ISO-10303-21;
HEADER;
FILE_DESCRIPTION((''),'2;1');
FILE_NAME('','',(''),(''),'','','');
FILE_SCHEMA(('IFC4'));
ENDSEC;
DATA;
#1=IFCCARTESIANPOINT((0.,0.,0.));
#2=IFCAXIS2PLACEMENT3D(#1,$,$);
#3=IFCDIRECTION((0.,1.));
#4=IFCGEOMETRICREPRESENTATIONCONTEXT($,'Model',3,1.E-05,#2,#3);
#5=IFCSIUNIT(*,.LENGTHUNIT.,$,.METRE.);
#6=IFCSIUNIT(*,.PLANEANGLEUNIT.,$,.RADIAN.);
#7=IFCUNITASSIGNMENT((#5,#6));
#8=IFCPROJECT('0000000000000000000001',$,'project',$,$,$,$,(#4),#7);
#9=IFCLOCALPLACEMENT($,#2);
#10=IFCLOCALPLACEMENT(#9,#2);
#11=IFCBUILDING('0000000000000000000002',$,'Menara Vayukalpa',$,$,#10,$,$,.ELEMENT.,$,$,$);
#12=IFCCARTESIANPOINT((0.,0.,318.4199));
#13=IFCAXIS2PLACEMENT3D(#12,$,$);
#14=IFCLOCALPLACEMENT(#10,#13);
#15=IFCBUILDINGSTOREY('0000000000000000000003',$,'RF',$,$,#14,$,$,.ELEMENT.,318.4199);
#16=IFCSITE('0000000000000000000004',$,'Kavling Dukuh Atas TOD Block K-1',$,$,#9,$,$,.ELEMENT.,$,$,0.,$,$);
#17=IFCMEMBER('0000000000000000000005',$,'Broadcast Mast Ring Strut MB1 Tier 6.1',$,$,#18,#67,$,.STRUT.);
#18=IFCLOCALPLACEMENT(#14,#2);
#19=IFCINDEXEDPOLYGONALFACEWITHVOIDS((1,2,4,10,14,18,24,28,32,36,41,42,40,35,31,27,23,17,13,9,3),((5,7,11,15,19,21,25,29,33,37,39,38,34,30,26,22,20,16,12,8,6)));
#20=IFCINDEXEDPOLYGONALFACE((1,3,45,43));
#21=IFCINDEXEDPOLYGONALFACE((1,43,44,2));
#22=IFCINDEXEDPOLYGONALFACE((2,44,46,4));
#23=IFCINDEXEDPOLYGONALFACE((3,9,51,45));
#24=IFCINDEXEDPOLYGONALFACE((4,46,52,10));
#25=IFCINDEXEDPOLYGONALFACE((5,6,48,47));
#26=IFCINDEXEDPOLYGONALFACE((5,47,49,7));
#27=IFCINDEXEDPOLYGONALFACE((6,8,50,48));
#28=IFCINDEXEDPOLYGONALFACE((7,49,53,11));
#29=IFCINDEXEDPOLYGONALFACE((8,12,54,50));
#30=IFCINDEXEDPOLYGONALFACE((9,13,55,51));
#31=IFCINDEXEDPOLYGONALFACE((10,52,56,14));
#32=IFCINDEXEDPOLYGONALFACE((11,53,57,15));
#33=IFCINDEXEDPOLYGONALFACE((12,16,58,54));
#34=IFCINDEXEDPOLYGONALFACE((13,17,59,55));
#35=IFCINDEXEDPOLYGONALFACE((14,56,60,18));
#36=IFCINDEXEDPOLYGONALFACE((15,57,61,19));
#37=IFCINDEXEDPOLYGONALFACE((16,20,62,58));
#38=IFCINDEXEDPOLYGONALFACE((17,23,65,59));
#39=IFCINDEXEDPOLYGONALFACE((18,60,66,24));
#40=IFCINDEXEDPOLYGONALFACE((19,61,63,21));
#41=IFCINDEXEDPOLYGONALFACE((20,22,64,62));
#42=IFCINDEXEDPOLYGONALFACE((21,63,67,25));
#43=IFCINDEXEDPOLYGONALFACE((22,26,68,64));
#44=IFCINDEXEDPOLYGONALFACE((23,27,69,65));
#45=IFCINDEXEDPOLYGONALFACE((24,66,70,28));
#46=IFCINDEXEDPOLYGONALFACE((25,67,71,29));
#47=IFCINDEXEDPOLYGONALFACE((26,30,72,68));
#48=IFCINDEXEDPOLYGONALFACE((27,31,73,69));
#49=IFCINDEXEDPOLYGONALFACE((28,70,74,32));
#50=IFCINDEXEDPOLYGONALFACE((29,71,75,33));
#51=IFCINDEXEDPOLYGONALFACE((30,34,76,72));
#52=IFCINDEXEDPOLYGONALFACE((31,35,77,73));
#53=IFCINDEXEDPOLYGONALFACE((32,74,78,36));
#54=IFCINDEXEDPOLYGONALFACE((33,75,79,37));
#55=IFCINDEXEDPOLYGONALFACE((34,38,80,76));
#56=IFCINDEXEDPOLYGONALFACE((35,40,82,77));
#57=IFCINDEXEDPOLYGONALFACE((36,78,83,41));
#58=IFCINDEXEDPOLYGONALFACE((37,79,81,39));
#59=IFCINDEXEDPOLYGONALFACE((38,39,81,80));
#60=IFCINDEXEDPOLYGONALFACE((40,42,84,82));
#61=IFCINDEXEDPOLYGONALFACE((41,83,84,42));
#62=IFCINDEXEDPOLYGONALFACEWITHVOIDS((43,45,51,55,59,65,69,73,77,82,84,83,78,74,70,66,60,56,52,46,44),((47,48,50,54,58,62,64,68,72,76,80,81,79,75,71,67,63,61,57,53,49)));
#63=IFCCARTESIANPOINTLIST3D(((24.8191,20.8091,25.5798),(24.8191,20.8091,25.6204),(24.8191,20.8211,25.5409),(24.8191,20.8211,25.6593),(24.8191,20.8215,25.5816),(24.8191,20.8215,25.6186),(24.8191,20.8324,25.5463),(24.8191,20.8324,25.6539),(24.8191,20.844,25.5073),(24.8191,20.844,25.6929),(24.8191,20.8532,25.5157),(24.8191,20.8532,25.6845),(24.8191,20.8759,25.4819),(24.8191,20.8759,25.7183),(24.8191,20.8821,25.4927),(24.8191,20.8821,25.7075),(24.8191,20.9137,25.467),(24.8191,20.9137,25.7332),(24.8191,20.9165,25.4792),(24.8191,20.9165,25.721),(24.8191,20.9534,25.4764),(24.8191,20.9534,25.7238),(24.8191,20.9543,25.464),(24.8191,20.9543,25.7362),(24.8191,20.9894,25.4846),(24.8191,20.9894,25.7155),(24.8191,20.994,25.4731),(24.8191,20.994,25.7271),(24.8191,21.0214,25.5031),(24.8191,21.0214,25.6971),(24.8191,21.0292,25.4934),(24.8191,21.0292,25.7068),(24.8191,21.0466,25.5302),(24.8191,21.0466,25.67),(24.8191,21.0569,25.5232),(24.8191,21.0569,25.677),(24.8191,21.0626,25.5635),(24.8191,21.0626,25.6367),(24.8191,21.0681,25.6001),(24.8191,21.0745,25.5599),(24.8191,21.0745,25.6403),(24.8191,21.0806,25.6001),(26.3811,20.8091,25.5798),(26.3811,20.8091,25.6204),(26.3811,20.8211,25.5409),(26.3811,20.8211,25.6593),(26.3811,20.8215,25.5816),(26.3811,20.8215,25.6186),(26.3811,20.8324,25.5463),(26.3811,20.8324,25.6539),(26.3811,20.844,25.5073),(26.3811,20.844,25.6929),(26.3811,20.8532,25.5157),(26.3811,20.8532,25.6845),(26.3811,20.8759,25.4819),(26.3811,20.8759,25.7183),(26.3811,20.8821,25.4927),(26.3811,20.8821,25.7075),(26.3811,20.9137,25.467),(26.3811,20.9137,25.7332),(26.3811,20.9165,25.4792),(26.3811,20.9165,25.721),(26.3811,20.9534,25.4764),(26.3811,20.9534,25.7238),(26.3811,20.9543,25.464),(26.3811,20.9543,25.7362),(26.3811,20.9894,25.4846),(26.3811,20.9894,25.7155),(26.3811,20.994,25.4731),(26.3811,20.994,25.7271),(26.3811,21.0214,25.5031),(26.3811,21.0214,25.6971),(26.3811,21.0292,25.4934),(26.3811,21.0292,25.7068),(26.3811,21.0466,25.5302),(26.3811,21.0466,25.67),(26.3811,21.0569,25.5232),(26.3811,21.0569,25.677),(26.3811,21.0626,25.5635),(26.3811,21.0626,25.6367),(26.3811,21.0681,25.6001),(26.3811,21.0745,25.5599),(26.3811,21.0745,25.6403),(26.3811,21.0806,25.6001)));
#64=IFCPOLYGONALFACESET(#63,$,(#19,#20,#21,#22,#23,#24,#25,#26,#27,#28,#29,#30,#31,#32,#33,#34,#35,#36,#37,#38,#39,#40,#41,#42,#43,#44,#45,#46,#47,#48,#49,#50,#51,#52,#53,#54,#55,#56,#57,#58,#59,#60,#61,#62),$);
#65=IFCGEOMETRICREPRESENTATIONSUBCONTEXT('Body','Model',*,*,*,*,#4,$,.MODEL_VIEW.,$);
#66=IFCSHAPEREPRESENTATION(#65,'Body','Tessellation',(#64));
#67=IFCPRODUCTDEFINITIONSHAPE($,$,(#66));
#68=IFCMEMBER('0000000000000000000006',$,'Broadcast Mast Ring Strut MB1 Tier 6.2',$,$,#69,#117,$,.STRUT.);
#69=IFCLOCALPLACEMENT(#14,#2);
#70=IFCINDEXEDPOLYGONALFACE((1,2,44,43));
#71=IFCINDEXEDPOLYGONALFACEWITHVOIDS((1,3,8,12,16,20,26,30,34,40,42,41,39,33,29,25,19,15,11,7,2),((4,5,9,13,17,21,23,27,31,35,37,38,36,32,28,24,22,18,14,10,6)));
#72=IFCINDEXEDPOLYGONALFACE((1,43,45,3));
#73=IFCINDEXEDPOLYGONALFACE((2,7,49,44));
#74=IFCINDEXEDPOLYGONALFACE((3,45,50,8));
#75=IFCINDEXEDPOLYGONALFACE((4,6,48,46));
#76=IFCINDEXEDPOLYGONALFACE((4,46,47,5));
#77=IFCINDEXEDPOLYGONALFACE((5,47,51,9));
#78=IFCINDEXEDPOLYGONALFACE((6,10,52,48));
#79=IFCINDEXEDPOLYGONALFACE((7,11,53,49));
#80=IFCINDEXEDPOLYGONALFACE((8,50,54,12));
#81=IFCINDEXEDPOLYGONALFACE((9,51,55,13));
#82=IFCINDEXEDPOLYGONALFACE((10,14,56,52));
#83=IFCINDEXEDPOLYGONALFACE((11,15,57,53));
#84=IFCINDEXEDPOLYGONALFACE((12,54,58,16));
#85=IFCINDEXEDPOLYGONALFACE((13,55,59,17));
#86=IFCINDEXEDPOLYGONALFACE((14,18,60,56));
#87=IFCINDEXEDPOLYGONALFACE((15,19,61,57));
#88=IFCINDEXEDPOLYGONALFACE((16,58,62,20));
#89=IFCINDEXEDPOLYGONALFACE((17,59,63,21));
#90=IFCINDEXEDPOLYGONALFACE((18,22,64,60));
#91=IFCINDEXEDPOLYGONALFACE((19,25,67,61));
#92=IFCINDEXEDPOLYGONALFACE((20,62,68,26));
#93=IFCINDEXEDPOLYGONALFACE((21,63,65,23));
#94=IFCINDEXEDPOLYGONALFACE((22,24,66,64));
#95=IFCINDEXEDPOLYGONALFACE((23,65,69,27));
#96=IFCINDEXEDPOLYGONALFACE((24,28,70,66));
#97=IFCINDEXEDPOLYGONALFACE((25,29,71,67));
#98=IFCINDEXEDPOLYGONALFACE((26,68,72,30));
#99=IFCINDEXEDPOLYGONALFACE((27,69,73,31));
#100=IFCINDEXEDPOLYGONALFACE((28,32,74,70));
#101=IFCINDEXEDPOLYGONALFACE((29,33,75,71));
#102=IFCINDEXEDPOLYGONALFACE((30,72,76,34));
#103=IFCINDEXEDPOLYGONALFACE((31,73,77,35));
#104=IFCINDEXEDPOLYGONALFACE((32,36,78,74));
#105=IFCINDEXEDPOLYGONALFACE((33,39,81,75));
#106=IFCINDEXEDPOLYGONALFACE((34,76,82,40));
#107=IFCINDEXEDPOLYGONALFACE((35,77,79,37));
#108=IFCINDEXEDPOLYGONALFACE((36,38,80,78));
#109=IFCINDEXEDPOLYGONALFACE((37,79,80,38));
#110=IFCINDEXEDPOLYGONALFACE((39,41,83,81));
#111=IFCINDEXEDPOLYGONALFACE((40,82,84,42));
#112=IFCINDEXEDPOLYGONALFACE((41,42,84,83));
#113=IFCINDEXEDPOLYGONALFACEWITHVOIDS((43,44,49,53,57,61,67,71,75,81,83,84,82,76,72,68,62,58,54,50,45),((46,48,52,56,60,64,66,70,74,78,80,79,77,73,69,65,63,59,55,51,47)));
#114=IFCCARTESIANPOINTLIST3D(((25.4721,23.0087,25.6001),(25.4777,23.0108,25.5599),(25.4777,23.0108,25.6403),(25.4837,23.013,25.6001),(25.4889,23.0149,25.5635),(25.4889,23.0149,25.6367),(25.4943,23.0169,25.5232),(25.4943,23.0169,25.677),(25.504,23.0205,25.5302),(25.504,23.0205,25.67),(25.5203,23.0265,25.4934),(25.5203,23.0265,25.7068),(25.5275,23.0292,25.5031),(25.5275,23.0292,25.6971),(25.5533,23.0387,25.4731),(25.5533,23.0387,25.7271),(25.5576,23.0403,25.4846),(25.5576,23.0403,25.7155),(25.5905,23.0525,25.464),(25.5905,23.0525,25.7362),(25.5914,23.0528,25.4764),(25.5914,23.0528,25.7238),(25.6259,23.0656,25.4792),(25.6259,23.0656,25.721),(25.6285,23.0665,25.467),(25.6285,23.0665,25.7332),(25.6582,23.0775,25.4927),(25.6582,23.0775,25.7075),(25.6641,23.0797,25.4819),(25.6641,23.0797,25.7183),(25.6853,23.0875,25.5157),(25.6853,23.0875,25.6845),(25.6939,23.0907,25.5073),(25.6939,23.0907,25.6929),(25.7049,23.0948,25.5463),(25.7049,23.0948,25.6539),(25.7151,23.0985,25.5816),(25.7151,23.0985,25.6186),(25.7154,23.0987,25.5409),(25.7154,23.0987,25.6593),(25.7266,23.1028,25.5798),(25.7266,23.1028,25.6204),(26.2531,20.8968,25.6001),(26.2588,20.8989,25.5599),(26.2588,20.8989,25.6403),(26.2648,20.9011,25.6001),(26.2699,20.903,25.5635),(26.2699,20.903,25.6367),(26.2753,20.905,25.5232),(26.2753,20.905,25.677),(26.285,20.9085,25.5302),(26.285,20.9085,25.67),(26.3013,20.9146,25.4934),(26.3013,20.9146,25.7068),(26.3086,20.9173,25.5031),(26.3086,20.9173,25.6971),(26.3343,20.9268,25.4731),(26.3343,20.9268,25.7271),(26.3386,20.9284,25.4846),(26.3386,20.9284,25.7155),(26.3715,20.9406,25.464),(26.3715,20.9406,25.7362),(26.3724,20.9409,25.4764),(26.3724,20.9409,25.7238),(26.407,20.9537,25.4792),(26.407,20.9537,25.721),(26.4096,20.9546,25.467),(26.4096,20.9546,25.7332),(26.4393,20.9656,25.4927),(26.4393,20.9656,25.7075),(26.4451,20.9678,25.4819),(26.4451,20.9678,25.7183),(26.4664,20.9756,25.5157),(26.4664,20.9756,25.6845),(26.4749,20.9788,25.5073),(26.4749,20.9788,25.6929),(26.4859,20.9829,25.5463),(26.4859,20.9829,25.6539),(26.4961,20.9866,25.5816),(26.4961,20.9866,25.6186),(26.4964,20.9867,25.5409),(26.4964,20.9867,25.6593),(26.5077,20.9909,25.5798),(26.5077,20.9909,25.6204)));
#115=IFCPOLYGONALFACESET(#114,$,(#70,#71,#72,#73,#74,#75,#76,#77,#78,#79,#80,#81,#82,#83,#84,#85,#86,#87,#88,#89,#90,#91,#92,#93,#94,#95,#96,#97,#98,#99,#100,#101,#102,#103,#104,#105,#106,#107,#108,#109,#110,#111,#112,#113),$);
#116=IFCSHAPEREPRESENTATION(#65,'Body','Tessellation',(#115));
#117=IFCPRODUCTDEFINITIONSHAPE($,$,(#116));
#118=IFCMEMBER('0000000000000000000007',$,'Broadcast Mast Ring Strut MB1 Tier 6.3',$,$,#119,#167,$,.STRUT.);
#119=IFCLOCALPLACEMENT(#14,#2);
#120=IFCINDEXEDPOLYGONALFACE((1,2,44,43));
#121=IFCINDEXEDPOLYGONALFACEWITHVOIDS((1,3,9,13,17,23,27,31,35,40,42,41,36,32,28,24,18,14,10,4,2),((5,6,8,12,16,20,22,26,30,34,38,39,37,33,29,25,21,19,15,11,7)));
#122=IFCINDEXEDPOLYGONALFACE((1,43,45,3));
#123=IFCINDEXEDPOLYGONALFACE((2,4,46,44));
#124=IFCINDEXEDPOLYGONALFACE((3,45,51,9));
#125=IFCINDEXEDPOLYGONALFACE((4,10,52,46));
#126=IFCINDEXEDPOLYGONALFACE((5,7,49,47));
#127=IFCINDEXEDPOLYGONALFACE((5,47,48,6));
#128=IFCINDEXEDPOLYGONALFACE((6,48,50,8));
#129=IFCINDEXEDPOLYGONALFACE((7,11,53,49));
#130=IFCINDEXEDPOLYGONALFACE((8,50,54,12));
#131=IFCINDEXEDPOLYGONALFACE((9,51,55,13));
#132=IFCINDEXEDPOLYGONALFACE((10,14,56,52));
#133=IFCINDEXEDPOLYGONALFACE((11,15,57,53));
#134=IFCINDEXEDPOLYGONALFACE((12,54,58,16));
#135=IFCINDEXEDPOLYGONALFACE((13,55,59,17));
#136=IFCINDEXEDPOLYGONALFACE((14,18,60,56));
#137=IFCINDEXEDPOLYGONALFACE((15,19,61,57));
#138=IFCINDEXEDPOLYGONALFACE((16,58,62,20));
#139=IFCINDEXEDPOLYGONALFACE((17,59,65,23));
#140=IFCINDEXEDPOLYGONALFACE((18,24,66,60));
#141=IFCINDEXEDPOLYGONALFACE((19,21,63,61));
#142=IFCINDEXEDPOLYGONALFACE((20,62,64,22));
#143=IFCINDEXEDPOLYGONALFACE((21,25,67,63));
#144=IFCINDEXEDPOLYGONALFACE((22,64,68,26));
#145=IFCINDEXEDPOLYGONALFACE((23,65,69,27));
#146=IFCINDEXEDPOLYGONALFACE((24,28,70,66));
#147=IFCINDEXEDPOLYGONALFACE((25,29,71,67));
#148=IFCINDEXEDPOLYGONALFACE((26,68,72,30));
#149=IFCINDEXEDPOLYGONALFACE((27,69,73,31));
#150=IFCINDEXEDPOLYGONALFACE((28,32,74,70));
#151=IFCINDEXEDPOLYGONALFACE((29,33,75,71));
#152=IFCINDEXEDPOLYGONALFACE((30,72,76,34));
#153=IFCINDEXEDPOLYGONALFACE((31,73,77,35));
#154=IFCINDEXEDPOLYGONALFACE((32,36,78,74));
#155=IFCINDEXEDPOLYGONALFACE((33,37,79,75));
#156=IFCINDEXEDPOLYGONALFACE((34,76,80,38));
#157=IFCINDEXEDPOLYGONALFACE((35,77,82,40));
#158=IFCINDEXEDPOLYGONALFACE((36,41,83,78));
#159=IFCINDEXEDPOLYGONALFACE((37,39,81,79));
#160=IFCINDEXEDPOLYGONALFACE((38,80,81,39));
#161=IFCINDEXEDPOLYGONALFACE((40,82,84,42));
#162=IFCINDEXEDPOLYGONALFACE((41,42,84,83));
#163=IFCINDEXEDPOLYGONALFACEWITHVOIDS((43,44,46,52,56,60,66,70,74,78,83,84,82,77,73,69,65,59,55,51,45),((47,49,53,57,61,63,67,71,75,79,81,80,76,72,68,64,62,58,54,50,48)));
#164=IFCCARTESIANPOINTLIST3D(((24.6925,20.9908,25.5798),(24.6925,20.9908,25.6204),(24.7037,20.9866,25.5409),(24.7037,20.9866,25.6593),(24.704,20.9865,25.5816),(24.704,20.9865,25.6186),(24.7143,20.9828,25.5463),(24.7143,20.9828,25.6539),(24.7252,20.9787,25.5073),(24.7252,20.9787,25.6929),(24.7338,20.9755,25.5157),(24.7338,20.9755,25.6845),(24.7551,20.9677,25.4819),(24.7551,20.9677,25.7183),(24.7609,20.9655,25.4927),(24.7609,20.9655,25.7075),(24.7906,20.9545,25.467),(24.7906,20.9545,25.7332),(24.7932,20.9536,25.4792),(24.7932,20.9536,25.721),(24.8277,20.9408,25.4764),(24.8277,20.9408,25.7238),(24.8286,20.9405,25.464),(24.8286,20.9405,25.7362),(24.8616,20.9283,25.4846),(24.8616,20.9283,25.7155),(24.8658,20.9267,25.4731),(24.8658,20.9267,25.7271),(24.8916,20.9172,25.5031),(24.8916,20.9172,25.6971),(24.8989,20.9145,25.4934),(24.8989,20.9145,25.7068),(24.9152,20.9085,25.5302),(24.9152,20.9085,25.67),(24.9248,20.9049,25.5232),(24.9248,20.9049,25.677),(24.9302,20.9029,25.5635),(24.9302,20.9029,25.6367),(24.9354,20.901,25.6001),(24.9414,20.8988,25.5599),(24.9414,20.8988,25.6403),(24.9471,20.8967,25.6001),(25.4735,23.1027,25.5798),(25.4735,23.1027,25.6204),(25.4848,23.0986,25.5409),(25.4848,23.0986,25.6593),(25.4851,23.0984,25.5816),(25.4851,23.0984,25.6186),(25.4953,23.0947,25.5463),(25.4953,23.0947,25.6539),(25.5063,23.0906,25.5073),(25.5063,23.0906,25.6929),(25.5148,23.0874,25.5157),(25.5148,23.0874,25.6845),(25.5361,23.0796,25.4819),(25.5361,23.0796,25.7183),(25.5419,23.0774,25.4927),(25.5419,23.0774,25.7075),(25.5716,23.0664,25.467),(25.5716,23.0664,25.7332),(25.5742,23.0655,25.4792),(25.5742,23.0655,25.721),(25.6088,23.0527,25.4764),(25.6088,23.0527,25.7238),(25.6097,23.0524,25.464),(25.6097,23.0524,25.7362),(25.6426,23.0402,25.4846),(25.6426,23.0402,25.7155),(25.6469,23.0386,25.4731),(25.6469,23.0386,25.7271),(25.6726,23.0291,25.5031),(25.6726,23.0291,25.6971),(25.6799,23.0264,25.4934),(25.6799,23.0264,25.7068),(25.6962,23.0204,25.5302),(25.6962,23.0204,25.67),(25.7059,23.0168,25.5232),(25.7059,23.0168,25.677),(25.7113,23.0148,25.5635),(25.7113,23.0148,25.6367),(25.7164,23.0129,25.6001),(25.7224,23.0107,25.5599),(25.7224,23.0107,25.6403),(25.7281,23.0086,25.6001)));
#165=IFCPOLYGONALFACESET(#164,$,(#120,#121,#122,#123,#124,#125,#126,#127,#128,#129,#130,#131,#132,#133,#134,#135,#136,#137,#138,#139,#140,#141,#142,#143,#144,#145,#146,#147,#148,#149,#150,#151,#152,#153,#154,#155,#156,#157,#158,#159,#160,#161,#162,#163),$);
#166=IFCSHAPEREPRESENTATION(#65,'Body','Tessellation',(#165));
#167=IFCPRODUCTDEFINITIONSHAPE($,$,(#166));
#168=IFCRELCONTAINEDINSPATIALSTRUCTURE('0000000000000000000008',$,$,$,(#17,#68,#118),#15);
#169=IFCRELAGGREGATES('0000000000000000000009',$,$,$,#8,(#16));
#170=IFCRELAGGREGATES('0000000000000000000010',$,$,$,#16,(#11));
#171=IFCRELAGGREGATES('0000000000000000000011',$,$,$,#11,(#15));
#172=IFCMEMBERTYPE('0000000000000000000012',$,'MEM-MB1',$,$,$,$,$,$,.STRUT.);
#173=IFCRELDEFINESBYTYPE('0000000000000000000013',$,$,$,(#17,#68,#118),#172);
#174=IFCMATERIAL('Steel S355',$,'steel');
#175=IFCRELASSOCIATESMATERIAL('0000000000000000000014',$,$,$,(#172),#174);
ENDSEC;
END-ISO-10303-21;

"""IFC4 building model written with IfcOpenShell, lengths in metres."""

from ifc_helpers import new_model, si_unit, direction, frame, origin, origin_2d, place, context, subcontext, project, spatial, hollow_circle, extrude, material, material_profile, profile_set, type_object, element, save


model = new_model("IFC4")

# Units and contexts
model_context = context("Model", 3, precision=1e-05, world=origin(), true_north=direction((0.0, 1.0)))
body_context = subcontext(model_context, "Body", "Model", "MODEL_VIEW")
ifc_project = project(units=[si_unit("LENGTHUNIT", "METRE"), si_unit("PLANEANGLEUNIT", "RADIAN")], contexts=[model_context])

# Site, building, storey
site_placement = place(None, origin())
site = spatial("IfcSite", under=ifc_project, at=site_placement, Name="Kavling Dukuh Atas TOD Block K-1", CompositionType="ELEMENT", RefElevation=0.0)
building_placement = place(site_placement, origin())
building = spatial("IfcBuilding", under=site, at=building_placement, Name="Menara Vayukalpa", CompositionType="ELEMENT")
storey_placement = place(building_placement, frame((0.0, 0.0, 318.4199)))
storey = spatial("IfcBuildingStorey", under=building, at=storey_placement, Name="RF", CompositionType="ELEMENT", Elevation=318.4199)

# Members
ifc_material_1 = material(Name="Steel S355", Category="steel")
ifc_material_profile_1 = material_profile(ifc_material_1, hollow_circle(Radius=0.1365, WallThickness=0.0125, at=origin_2d()), Name="CHS 273.0x12.5")
ifc_profile_set_1 = profile_set([ifc_material_profile_1], Name="Steel S355")
member_type_1 = type_object("IfcMemberType", Name="MEM-MB1", PredefinedType="STRUT", material=ifc_profile_set_1)
member_1_placement = place(storey_placement, frame((24.8191, 20.9441, 25.6001), z_axis=(1.0, 0.0, 0.0), x_axis=(0.0, 1.0, 0.0)))
element("IfcMember", 1, at=member_1_placement, inside=storey, type_object=member_type_1, Name="Broadcast Mast Ring Strut MB1 Tier 6.1", PredefinedType="STRUT", context=body_context, shape_type="SweptSolid", body=[
    extrude(hollow_circle(Radius=0.1365, WallThickness=0.0125, at=origin_2d()), origin(), (0.0, 0.0, 1.0), 1.562),
])
for number, where, z_axis, x_axis, name in (
    (2, (26.3811, 20.9441, 25.6001), (-0.346866, 0.937915, 0.0), (-0.937915, -0.346866, 0.0), "Broadcast Mast Ring Strut MB1 Tier 6.2"),
    (3, (25.6001, 23.0559, 25.6001), (-0.346866, -0.937915, 0.0), (0.937915, -0.346866, 0.0), "Broadcast Mast Ring Strut MB1 Tier 6.3"),
):
    element("IfcMember", number, at=place(storey_placement, frame(where, z_axis=z_axis, x_axis=x_axis)), inside=storey, type_object=member_type_1, Name=name, PredefinedType="STRUT", context=body_context, shape_type="SweptSolid", body=[
        extrude(hollow_circle(Radius=0.1365, WallThickness=0.0125, at=origin_2d()), origin(), (0.0, 0.0, 1.0), 2.2517),
    ])

save(model, "model.ifc")
